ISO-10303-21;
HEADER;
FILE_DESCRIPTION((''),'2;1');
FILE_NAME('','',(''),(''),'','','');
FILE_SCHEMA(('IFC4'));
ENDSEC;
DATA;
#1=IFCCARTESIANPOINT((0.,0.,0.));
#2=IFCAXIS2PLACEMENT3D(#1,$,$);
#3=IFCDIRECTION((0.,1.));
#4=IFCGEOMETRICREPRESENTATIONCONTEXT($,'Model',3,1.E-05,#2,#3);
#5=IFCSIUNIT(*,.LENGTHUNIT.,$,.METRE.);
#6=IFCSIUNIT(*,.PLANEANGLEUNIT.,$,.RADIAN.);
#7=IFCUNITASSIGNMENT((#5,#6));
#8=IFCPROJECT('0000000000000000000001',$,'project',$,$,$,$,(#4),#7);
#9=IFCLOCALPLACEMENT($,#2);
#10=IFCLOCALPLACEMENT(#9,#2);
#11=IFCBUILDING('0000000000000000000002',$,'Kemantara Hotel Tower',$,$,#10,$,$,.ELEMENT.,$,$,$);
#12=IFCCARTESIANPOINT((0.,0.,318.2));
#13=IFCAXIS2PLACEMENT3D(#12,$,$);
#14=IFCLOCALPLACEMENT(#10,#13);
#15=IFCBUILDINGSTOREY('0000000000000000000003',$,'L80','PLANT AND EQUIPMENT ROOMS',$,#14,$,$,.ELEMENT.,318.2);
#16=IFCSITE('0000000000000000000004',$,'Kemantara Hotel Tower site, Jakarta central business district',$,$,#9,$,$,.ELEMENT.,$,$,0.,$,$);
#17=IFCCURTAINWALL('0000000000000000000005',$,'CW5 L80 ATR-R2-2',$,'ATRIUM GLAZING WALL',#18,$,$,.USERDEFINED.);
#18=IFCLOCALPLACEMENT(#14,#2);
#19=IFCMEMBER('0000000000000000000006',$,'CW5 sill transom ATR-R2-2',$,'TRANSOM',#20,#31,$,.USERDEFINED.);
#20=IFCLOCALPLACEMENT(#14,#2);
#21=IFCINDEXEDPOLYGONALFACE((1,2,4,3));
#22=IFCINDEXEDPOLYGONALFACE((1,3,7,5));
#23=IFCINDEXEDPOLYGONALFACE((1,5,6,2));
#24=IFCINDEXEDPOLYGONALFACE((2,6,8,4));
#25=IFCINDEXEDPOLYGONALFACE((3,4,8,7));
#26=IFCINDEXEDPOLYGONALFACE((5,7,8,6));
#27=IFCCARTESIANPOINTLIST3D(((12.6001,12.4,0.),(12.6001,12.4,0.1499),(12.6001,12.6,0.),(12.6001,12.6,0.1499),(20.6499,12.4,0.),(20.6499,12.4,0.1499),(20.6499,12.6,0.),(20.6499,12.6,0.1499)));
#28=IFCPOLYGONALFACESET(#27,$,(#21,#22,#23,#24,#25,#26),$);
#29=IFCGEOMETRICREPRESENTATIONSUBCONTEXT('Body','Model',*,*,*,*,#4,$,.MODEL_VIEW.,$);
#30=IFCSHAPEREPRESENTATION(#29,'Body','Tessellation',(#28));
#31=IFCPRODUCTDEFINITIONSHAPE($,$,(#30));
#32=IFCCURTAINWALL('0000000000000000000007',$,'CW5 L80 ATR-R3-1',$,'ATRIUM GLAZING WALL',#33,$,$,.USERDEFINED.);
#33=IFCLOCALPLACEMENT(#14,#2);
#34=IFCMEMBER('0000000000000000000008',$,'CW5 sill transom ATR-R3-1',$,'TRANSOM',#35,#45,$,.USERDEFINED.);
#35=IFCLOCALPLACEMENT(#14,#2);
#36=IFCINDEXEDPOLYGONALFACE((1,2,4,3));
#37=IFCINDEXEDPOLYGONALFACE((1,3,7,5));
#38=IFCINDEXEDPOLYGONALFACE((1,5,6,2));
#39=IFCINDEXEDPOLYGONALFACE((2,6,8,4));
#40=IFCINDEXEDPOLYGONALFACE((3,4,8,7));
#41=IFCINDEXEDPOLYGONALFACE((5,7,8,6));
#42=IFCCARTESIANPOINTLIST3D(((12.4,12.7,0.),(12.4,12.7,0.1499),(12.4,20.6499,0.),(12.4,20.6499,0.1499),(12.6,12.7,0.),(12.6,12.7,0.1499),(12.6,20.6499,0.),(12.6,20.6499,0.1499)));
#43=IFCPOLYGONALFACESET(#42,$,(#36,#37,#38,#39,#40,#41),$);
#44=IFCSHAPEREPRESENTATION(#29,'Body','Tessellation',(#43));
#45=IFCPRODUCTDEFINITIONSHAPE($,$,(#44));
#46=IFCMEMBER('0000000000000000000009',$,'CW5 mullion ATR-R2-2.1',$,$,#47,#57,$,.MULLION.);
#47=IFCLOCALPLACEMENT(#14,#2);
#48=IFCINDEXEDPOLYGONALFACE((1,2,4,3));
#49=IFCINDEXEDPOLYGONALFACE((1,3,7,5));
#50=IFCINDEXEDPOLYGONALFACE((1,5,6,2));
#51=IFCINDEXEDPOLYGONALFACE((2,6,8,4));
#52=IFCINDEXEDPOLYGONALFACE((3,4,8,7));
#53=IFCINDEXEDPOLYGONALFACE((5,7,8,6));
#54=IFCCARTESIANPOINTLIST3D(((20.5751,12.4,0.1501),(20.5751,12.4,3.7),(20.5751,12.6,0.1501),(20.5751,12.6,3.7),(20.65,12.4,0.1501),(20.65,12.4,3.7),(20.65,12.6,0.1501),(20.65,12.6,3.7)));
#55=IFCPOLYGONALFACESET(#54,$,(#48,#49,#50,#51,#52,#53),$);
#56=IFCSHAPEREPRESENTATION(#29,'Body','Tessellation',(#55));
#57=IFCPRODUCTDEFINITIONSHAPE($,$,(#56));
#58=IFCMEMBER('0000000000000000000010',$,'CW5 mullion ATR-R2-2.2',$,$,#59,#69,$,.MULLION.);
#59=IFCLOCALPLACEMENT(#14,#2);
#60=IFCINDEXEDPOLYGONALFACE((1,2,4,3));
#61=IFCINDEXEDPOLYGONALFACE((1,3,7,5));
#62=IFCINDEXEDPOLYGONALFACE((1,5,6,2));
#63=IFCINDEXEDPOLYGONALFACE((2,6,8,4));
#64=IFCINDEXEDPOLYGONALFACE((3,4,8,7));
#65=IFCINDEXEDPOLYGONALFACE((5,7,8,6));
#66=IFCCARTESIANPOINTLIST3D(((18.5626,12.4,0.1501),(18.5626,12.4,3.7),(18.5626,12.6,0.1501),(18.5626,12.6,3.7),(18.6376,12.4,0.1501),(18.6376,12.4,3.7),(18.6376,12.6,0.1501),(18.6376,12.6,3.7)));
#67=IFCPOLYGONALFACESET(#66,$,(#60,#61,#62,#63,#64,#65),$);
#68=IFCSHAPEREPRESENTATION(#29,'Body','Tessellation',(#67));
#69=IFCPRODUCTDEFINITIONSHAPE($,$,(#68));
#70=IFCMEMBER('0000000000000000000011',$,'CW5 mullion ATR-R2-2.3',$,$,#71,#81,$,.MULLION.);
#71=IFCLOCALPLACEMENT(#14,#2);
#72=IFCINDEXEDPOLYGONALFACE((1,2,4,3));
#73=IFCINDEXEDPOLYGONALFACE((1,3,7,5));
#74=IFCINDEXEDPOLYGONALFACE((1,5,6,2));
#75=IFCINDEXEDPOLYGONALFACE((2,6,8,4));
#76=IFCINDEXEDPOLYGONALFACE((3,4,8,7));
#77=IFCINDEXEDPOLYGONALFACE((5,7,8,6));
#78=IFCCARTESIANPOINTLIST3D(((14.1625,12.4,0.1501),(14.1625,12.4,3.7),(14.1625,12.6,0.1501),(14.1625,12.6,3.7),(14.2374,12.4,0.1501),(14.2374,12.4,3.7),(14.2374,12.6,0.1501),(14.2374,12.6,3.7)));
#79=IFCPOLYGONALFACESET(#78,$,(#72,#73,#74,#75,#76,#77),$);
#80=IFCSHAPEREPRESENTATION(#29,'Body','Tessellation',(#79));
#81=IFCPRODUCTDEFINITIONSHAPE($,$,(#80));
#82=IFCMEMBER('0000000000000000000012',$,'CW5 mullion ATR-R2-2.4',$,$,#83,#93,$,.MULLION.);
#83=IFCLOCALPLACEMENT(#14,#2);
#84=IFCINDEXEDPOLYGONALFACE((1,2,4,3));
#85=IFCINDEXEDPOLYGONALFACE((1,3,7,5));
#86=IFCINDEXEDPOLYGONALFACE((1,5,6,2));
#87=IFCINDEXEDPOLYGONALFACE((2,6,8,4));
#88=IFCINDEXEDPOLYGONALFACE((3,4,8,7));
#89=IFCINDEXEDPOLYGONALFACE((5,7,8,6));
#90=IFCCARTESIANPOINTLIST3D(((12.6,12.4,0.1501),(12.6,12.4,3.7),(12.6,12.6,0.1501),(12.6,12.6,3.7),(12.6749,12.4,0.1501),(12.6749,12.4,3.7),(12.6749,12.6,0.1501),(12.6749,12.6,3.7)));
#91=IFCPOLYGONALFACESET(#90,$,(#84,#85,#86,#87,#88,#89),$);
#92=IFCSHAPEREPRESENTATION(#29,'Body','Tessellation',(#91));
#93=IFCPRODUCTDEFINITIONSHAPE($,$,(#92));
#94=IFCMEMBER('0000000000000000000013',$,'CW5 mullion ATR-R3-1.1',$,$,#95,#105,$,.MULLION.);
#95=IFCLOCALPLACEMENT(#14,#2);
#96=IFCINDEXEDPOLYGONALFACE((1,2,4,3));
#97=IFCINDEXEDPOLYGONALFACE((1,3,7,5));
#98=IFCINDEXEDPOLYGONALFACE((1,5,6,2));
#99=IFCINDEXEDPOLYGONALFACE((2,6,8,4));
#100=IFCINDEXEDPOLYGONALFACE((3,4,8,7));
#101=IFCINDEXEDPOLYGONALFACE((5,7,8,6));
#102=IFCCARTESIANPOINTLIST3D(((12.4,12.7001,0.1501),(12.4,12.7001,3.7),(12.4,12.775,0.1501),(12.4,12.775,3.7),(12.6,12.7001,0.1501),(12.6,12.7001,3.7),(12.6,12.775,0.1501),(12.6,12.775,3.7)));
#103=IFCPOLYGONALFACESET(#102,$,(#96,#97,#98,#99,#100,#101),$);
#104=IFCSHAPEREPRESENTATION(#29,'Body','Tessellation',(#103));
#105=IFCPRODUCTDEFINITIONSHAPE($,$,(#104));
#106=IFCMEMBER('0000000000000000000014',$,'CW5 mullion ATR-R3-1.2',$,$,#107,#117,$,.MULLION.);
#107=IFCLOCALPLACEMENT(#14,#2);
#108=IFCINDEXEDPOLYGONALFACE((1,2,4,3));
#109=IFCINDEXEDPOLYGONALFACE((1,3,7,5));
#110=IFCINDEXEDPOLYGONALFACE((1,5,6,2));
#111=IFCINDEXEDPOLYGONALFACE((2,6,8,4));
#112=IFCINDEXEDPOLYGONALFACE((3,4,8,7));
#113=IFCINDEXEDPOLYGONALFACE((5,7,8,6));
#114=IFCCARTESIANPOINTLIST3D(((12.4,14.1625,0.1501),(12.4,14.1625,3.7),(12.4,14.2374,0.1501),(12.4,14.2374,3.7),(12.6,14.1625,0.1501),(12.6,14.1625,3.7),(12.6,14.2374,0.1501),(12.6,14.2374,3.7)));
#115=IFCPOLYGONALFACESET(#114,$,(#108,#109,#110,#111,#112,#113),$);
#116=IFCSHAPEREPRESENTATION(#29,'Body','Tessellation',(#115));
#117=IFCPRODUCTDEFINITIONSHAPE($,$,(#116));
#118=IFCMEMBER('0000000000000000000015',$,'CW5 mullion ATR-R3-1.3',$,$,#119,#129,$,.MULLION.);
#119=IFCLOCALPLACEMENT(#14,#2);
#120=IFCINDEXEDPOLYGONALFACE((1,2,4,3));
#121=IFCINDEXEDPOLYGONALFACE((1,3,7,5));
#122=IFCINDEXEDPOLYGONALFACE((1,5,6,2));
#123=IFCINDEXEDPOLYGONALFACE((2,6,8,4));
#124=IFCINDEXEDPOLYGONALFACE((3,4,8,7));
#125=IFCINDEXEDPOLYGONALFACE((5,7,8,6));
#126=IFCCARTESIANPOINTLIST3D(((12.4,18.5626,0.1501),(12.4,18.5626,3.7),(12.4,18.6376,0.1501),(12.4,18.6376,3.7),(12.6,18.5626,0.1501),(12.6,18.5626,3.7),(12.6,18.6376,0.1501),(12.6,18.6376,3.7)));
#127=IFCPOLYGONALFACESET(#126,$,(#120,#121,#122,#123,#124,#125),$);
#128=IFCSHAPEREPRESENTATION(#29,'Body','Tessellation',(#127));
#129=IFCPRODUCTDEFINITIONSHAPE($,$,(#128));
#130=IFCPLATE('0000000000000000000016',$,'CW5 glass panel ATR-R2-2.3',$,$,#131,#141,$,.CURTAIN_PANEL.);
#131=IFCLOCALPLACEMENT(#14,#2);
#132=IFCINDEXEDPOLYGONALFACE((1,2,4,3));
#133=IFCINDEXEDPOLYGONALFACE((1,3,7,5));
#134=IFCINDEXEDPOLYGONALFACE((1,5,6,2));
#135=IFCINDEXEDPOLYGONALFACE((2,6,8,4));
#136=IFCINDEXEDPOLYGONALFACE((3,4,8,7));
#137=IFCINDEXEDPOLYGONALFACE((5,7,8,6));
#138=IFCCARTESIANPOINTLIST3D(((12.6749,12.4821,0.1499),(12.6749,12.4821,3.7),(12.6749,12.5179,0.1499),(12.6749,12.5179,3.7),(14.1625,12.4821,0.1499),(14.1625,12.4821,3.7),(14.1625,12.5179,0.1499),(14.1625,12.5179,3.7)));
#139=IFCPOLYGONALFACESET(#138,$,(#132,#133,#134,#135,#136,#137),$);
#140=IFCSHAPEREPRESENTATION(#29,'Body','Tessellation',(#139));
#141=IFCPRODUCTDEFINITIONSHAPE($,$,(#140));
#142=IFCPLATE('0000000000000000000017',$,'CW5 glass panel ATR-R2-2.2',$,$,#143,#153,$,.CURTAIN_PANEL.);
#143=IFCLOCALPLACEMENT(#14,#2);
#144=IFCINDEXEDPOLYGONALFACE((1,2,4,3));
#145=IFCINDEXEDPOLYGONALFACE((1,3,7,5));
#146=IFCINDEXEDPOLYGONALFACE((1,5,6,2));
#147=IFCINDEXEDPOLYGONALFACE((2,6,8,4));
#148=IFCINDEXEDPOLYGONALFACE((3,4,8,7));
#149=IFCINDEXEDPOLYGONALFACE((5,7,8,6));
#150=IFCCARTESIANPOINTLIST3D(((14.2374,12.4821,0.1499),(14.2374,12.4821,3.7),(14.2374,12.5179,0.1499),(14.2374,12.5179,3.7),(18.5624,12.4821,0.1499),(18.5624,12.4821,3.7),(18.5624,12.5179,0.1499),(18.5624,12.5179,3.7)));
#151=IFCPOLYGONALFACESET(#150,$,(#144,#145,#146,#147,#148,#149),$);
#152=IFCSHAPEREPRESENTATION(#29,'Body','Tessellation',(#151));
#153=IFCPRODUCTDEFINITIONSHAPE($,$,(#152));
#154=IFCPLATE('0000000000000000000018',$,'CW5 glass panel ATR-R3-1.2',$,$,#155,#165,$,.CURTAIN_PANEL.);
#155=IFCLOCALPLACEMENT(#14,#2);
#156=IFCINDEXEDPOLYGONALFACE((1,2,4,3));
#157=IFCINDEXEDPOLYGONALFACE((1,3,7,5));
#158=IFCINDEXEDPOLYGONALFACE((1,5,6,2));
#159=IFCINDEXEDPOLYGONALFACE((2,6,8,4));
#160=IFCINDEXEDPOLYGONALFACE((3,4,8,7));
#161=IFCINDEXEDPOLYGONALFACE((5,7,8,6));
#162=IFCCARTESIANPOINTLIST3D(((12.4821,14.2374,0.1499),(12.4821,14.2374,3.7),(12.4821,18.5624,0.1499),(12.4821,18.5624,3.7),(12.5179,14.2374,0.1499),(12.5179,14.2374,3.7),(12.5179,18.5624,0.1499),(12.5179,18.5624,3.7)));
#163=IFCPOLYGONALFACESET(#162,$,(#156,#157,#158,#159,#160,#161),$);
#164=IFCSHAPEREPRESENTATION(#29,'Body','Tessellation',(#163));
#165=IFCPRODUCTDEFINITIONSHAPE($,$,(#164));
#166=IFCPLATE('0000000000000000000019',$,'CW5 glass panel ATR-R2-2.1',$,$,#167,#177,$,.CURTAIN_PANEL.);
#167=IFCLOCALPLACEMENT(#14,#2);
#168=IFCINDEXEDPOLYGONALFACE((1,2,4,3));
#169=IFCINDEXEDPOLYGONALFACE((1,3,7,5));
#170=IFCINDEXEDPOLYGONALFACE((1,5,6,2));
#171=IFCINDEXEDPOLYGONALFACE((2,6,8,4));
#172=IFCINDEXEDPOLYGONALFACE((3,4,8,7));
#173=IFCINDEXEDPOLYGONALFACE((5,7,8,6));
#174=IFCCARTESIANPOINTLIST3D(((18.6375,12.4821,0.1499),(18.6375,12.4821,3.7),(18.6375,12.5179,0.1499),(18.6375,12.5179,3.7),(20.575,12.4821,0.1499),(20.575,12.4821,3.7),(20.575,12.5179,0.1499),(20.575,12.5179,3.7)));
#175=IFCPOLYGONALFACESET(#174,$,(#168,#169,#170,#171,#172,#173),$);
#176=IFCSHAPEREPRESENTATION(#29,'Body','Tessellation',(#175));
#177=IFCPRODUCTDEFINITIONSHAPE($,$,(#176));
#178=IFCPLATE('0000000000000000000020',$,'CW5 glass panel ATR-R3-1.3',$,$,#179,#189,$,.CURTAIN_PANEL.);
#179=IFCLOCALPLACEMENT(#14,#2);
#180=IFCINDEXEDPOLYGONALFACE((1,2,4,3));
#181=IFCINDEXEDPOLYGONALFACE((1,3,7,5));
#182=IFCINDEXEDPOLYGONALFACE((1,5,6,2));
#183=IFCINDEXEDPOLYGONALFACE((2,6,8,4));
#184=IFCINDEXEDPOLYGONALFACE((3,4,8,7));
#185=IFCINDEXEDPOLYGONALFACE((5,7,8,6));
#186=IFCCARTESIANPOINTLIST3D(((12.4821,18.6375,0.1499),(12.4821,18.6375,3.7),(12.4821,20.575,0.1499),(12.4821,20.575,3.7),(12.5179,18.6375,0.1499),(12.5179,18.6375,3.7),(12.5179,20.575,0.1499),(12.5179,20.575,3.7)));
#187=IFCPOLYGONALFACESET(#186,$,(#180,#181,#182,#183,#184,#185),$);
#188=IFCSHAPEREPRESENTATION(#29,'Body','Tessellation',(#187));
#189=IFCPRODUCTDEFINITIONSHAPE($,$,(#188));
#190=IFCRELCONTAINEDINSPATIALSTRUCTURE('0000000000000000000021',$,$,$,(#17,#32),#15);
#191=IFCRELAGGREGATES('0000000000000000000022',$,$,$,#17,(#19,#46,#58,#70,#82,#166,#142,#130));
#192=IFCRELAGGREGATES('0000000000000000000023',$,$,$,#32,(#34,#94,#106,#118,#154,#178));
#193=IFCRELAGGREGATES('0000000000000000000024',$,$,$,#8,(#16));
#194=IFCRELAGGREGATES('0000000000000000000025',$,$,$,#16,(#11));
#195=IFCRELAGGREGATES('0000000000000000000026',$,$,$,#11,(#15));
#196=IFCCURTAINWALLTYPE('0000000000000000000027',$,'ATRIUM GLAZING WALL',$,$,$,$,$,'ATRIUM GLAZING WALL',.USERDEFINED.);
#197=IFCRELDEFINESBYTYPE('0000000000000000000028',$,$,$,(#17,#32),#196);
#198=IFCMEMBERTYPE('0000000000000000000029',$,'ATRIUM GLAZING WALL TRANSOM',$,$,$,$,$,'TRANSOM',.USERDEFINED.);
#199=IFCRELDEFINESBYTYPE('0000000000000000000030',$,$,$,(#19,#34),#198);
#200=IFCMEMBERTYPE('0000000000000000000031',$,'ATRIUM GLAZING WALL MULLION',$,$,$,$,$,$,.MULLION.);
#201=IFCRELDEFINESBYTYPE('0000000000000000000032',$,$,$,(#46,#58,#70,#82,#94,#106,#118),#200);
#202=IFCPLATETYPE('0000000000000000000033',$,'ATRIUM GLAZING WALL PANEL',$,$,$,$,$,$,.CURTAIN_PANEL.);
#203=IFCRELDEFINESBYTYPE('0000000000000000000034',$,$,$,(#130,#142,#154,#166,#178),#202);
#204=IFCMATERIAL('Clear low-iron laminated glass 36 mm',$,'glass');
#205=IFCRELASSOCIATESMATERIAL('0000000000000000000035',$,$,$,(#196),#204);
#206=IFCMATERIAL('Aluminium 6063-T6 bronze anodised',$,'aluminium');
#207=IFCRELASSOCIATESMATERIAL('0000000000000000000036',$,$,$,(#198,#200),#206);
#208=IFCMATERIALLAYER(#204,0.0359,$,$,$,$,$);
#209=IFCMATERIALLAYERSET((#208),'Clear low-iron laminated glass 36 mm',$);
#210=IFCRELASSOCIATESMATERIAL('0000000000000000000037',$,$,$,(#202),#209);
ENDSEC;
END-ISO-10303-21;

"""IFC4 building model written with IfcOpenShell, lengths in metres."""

from ifc_helpers import new_model, si_unit, direction, frame, origin, origin_2d, place, context, subcontext, project, spatial, rectangle, extrude, source, transform, mapped, material, layer, layer_set, material_profile, profile_set, type_object, element, aggregate, save


model = new_model("IFC4")

# Units and contexts
model_context = context("Model", 3, precision=1e-05, world=origin(), true_north=direction((0.0, 1.0)))
body_context = subcontext(model_context, "Body", "Model", "MODEL_VIEW")
ifc_project = project(units=[si_unit("LENGTHUNIT", "METRE"), si_unit("PLANEANGLEUNIT", "RADIAN")], contexts=[model_context])

# Site, building, storey
site_placement = place(None, origin())
site = spatial("IfcSite", under=ifc_project, at=site_placement, Name="Kemantara Hotel Tower site, Jakarta central business district", CompositionType="ELEMENT", RefElevation=0.0)
building_placement = place(site_placement, origin())
building = spatial("IfcBuilding", under=site, at=building_placement, Name="Kemantara Hotel Tower", CompositionType="ELEMENT")
storey_placement = place(building_placement, frame((0.0, 0.0, 318.2)))
storey = spatial("IfcBuildingStorey", under=building, at=storey_placement, Name="L80", Description="PLANT AND EQUIPMENT ROOMS", CompositionType="ELEMENT", Elevation=318.2)

# Curtain walls, members
ifc_material_1 = material(Name="Clear low-iron laminated glass 36 mm", Category="glass")
curtain_wall_type = type_object("IfcCurtainWallType", Name="ATRIUM GLAZING WALL", ElementType="ATRIUM GLAZING WALL", PredefinedType="USERDEFINED", material=ifc_material_1)
curtain_wall_1_placement = place(storey_placement, origin())
curtain_wall_1 = element("IfcCurtainWall", 1, at=curtain_wall_1_placement, inside=storey, type_object=curtain_wall_type, Name="CW5 L80 ATR-R2-2", ObjectType="ATRIUM GLAZING WALL", PredefinedType="USERDEFINED")
ifc_material_2 = material(Name="Aluminium 6063-T6 bronze anodised", Category="aluminium")
ifc_material_profile_1 = material_profile(ifc_material_2, rectangle(XDim=0.2, YDim=0.1499, at=origin_2d()), Name="ATRIUM GLAZING WALL TRANSOM")
ifc_profile_set_1 = profile_set([ifc_material_profile_1], Name="Aluminium 6063-T6 bronze anodised")
member_type_1 = type_object("IfcMemberType", Name="ATRIUM GLAZING WALL TRANSOM", ElementType="TRANSOM", PredefinedType="USERDEFINED", material=ifc_profile_set_1)
member_1_placement = place(storey_placement, frame((20.6499, 12.5, 0.075), z_axis=(-1.0, 0.0, 0.0), x_axis=(0.0, -1.0, 0.0)))
member_1 = element("IfcMember", 2, at=member_1_placement, type_object=member_type_1, Name="CW5 sill transom ATR-R2-2", ObjectType="TRANSOM", PredefinedType="USERDEFINED", context=body_context, shape_type="SweptSolid", body=[
    extrude(rectangle(XDim=0.2, YDim=0.1499, at=origin_2d()), origin(), (0.0, 0.0, 1.0), 8.0498),
])
curtain_wall_2_placement = place(storey_placement, origin())
curtain_wall_2 = element("IfcCurtainWall", 3, at=curtain_wall_2_placement, inside=storey, type_object=curtain_wall_type, Name="CW5 L80 ATR-R3-1", ObjectType="ATRIUM GLAZING WALL", PredefinedType="USERDEFINED")
member_2_placement = place(storey_placement, frame((12.5, 12.7, 0.075), z_axis=(0.0, 1.0, 0.0), x_axis=(-1.0, 0.0, 0.0)))
member_2 = element("IfcMember", 4, at=member_2_placement, type_object=member_type_1, Name="CW5 sill transom ATR-R3-1", ObjectType="TRANSOM", PredefinedType="USERDEFINED", context=body_context, shape_type="SweptSolid", body=[
    extrude(rectangle(XDim=0.2, YDim=0.1499, at=origin_2d()), origin(), (0.0, 0.0, 1.0), 7.95),
])

# Members
ifc_material_profile_2 = material_profile(ifc_material_2, rectangle(XDim=0.2, YDim=0.075, at=origin_2d()), Name="ATRIUM GLAZING WALL MULLION")
ifc_profile_set_2 = profile_set([ifc_material_profile_2], Name="Aluminium 6063-T6 bronze anodised")
member_type_2 = type_object("IfcMemberType", Name="ATRIUM GLAZING WALL MULLION", PredefinedType="MULLION", material=ifc_profile_set_2)
shared_shape_1 = source(origin(), body_context, "Body", "SweptSolid", [
    extrude(rectangle(XDim=0.2, YDim=0.075, at=origin_2d()), origin(), (0.0, 0.0, 1.0), 3.5498),
])
member_3_placement = place(storey_placement, frame((20.6125, 12.5, 0.1501), z_axis=(0.0, 0.0, 1.0), x_axis=(0.0, -1.0, 0.0)))
member_3 = element("IfcMember", 5, at=member_3_placement, type_object=member_type_2, Name="CW5 mullion ATR-R2-2.1", PredefinedType="MULLION", context=body_context, shape_type="MappedRepresentation", body=[
    mapped(shared_shape_1, transform((0.0, 0.0, 0.0))),
])
member_4_placement = place(storey_placement, frame((18.6001, 12.5, 0.1501), z_axis=(0.0, 0.0, 1.0), x_axis=(0.0, -1.0, 0.0)))
member_4 = element("IfcMember", 6, at=member_4_placement, type_object=member_type_2, Name="CW5 mullion ATR-R2-2.2", PredefinedType="MULLION", context=body_context, shape_type="MappedRepresentation", body=[
    mapped(shared_shape_1, transform((0.0, 0.0, 0.0))),
])
member_5_placement = place(storey_placement, frame((14.2, 12.5, 0.1501), z_axis=(0.0, 0.0, 1.0), x_axis=(0.0, -1.0, 0.0)))
member_5 = element("IfcMember", 7, at=member_5_placement, type_object=member_type_2, Name="CW5 mullion ATR-R2-2.3", PredefinedType="MULLION", context=body_context, shape_type="MappedRepresentation", body=[
    mapped(shared_shape_1, transform((0.0, 0.0, 0.0))),
])
member_6_placement = place(storey_placement, frame((12.6375, 12.5, 0.1501), z_axis=(0.0, 0.0, 1.0), x_axis=(0.0, -1.0, 0.0)))
member_6 = element("IfcMember", 8, at=member_6_placement, type_object=member_type_2, Name="CW5 mullion ATR-R2-2.4", PredefinedType="MULLION", context=body_context, shape_type="MappedRepresentation", body=[
    mapped(shared_shape_1, transform((0.0, 0.0, 0.0))),
])
member_7_placement = place(storey_placement, frame((12.5, 12.7375, 0.1501), z_axis=(0.0, 0.0, 1.0), x_axis=(-1.0, 0.0, 0.0)))
member_7 = element("IfcMember", 9, at=member_7_placement, type_object=member_type_2, Name="CW5 mullion ATR-R3-1.1", PredefinedType="MULLION", context=body_context, shape_type="MappedRepresentation", body=[
    mapped(shared_shape_1, transform((0.0, 0.0, 0.0))),
])
member_8_placement = place(storey_placement, frame((12.5, 14.2, 0.1501), z_axis=(0.0, 0.0, 1.0), x_axis=(-1.0, 0.0, 0.0)))
member_8 = element("IfcMember", 10, at=member_8_placement, type_object=member_type_2, Name="CW5 mullion ATR-R3-1.2", PredefinedType="MULLION", context=body_context, shape_type="MappedRepresentation", body=[
    mapped(shared_shape_1, transform((0.0, 0.0, 0.0))),
])
member_9_placement = place(storey_placement, frame((12.5, 18.6001, 0.1501), z_axis=(0.0, 0.0, 1.0), x_axis=(-1.0, 0.0, 0.0)))
member_9 = element("IfcMember", 11, at=member_9_placement, type_object=member_type_2, Name="CW5 mullion ATR-R3-1.3", PredefinedType="MULLION", context=body_context, shape_type="MappedRepresentation", body=[
    mapped(shared_shape_1, transform((0.0, 0.0, 0.0))),
])

# Plates
ifc_layer = layer(ifc_material_1, 0.0359)
ifc_layer_set = layer_set([ifc_layer], Name="Clear low-iron laminated glass 36 mm")
plate_type = type_object("IfcPlateType", Name="ATRIUM GLAZING WALL PANEL", PredefinedType="CURTAIN_PANEL", material=ifc_layer_set)
shared_shape_2 = source(origin(), body_context, "Body", "SweptSolid", [
    extrude(rectangle(XDim=1.4875, YDim=0.0359, at=origin_2d()), origin(), (0.0, 0.0, 1.0), 3.55),
])
plate_1_placement = place(storey_placement, frame((13.4187, 12.5, 0.1499), z_axis=(0.0, 0.0, 1.0), x_axis=(-1.0, 0.0, 0.0)))
plate_1 = element("IfcPlate", 12, at=plate_1_placement, type_object=plate_type, Name="CW5 glass panel ATR-R2-2.3", PredefinedType="CURTAIN_PANEL", context=body_context, shape_type="MappedRepresentation", body=[
    mapped(shared_shape_2, transform((0.0, 0.0, 0.0))),
])
shared_shape_3 = source(origin(), body_context, "Body", "SweptSolid", [
    extrude(rectangle(XDim=4.325, YDim=0.0359, at=origin_2d()), origin(), (0.0, 0.0, 1.0), 3.55),
])
plate_2_placement = place(storey_placement, frame((16.3999, 12.5, 0.1499), z_axis=(0.0, 0.0, 1.0), x_axis=(-1.0, 0.0, 0.0)))
plate_2 = element("IfcPlate", 13, at=plate_2_placement, type_object=plate_type, Name="CW5 glass panel ATR-R2-2.2", PredefinedType="CURTAIN_PANEL", context=body_context, shape_type="MappedRepresentation", body=[
    mapped(shared_shape_3, transform((0.0, 0.0, 0.0))),
])
plate_3_placement = place(storey_placement, frame((12.5, 16.3999, 0.1499), z_axis=(0.0, 0.0, 1.0), x_axis=(0.0, 1.0, 0.0)))
plate_3 = element("IfcPlate", 14, at=plate_3_placement, type_object=plate_type, Name="CW5 glass panel ATR-R3-1.2", PredefinedType="CURTAIN_PANEL", context=body_context, shape_type="MappedRepresentation", body=[
    mapped(shared_shape_3, transform((0.0, 0.0, 0.0))),
])
shared_shape_4 = source(origin(), body_context, "Body", "SweptSolid", [
    extrude(rectangle(XDim=1.9375, YDim=0.0359, at=origin_2d()), origin(), (0.0, 0.0, 1.0), 3.55),
])
plate_4_placement = place(storey_placement, frame((19.6062, 12.5, 0.1499), z_axis=(0.0, 0.0, 1.0), x_axis=(-1.0, 0.0, 0.0)))
plate_4 = element("IfcPlate", 15, at=plate_4_placement, type_object=plate_type, Name="CW5 glass panel ATR-R2-2.1", PredefinedType="CURTAIN_PANEL", context=body_context, shape_type="MappedRepresentation", body=[
    mapped(shared_shape_4, transform((0.0, 0.0, 0.0))),
])
aggregate(curtain_wall_1, [member_1, member_3, member_4, member_5, member_6, plate_4, plate_2, plate_1])
plate_5_placement = place(storey_placement, frame((12.5, 19.6062, 0.1499), z_axis=(0.0, 0.0, 1.0), x_axis=(0.0, 1.0, 0.0)))
plate_5 = element("IfcPlate", 16, at=plate_5_placement, type_object=plate_type, Name="CW5 glass panel ATR-R3-1.3", PredefinedType="CURTAIN_PANEL", context=body_context, shape_type="MappedRepresentation", body=[
    mapped(shared_shape_4, transform((0.0, 0.0, 0.0))),
])
aggregate(curtain_wall_2, [member_2, member_7, member_8, member_9, plate_3, plate_5])

save(model, "model.ifc")
